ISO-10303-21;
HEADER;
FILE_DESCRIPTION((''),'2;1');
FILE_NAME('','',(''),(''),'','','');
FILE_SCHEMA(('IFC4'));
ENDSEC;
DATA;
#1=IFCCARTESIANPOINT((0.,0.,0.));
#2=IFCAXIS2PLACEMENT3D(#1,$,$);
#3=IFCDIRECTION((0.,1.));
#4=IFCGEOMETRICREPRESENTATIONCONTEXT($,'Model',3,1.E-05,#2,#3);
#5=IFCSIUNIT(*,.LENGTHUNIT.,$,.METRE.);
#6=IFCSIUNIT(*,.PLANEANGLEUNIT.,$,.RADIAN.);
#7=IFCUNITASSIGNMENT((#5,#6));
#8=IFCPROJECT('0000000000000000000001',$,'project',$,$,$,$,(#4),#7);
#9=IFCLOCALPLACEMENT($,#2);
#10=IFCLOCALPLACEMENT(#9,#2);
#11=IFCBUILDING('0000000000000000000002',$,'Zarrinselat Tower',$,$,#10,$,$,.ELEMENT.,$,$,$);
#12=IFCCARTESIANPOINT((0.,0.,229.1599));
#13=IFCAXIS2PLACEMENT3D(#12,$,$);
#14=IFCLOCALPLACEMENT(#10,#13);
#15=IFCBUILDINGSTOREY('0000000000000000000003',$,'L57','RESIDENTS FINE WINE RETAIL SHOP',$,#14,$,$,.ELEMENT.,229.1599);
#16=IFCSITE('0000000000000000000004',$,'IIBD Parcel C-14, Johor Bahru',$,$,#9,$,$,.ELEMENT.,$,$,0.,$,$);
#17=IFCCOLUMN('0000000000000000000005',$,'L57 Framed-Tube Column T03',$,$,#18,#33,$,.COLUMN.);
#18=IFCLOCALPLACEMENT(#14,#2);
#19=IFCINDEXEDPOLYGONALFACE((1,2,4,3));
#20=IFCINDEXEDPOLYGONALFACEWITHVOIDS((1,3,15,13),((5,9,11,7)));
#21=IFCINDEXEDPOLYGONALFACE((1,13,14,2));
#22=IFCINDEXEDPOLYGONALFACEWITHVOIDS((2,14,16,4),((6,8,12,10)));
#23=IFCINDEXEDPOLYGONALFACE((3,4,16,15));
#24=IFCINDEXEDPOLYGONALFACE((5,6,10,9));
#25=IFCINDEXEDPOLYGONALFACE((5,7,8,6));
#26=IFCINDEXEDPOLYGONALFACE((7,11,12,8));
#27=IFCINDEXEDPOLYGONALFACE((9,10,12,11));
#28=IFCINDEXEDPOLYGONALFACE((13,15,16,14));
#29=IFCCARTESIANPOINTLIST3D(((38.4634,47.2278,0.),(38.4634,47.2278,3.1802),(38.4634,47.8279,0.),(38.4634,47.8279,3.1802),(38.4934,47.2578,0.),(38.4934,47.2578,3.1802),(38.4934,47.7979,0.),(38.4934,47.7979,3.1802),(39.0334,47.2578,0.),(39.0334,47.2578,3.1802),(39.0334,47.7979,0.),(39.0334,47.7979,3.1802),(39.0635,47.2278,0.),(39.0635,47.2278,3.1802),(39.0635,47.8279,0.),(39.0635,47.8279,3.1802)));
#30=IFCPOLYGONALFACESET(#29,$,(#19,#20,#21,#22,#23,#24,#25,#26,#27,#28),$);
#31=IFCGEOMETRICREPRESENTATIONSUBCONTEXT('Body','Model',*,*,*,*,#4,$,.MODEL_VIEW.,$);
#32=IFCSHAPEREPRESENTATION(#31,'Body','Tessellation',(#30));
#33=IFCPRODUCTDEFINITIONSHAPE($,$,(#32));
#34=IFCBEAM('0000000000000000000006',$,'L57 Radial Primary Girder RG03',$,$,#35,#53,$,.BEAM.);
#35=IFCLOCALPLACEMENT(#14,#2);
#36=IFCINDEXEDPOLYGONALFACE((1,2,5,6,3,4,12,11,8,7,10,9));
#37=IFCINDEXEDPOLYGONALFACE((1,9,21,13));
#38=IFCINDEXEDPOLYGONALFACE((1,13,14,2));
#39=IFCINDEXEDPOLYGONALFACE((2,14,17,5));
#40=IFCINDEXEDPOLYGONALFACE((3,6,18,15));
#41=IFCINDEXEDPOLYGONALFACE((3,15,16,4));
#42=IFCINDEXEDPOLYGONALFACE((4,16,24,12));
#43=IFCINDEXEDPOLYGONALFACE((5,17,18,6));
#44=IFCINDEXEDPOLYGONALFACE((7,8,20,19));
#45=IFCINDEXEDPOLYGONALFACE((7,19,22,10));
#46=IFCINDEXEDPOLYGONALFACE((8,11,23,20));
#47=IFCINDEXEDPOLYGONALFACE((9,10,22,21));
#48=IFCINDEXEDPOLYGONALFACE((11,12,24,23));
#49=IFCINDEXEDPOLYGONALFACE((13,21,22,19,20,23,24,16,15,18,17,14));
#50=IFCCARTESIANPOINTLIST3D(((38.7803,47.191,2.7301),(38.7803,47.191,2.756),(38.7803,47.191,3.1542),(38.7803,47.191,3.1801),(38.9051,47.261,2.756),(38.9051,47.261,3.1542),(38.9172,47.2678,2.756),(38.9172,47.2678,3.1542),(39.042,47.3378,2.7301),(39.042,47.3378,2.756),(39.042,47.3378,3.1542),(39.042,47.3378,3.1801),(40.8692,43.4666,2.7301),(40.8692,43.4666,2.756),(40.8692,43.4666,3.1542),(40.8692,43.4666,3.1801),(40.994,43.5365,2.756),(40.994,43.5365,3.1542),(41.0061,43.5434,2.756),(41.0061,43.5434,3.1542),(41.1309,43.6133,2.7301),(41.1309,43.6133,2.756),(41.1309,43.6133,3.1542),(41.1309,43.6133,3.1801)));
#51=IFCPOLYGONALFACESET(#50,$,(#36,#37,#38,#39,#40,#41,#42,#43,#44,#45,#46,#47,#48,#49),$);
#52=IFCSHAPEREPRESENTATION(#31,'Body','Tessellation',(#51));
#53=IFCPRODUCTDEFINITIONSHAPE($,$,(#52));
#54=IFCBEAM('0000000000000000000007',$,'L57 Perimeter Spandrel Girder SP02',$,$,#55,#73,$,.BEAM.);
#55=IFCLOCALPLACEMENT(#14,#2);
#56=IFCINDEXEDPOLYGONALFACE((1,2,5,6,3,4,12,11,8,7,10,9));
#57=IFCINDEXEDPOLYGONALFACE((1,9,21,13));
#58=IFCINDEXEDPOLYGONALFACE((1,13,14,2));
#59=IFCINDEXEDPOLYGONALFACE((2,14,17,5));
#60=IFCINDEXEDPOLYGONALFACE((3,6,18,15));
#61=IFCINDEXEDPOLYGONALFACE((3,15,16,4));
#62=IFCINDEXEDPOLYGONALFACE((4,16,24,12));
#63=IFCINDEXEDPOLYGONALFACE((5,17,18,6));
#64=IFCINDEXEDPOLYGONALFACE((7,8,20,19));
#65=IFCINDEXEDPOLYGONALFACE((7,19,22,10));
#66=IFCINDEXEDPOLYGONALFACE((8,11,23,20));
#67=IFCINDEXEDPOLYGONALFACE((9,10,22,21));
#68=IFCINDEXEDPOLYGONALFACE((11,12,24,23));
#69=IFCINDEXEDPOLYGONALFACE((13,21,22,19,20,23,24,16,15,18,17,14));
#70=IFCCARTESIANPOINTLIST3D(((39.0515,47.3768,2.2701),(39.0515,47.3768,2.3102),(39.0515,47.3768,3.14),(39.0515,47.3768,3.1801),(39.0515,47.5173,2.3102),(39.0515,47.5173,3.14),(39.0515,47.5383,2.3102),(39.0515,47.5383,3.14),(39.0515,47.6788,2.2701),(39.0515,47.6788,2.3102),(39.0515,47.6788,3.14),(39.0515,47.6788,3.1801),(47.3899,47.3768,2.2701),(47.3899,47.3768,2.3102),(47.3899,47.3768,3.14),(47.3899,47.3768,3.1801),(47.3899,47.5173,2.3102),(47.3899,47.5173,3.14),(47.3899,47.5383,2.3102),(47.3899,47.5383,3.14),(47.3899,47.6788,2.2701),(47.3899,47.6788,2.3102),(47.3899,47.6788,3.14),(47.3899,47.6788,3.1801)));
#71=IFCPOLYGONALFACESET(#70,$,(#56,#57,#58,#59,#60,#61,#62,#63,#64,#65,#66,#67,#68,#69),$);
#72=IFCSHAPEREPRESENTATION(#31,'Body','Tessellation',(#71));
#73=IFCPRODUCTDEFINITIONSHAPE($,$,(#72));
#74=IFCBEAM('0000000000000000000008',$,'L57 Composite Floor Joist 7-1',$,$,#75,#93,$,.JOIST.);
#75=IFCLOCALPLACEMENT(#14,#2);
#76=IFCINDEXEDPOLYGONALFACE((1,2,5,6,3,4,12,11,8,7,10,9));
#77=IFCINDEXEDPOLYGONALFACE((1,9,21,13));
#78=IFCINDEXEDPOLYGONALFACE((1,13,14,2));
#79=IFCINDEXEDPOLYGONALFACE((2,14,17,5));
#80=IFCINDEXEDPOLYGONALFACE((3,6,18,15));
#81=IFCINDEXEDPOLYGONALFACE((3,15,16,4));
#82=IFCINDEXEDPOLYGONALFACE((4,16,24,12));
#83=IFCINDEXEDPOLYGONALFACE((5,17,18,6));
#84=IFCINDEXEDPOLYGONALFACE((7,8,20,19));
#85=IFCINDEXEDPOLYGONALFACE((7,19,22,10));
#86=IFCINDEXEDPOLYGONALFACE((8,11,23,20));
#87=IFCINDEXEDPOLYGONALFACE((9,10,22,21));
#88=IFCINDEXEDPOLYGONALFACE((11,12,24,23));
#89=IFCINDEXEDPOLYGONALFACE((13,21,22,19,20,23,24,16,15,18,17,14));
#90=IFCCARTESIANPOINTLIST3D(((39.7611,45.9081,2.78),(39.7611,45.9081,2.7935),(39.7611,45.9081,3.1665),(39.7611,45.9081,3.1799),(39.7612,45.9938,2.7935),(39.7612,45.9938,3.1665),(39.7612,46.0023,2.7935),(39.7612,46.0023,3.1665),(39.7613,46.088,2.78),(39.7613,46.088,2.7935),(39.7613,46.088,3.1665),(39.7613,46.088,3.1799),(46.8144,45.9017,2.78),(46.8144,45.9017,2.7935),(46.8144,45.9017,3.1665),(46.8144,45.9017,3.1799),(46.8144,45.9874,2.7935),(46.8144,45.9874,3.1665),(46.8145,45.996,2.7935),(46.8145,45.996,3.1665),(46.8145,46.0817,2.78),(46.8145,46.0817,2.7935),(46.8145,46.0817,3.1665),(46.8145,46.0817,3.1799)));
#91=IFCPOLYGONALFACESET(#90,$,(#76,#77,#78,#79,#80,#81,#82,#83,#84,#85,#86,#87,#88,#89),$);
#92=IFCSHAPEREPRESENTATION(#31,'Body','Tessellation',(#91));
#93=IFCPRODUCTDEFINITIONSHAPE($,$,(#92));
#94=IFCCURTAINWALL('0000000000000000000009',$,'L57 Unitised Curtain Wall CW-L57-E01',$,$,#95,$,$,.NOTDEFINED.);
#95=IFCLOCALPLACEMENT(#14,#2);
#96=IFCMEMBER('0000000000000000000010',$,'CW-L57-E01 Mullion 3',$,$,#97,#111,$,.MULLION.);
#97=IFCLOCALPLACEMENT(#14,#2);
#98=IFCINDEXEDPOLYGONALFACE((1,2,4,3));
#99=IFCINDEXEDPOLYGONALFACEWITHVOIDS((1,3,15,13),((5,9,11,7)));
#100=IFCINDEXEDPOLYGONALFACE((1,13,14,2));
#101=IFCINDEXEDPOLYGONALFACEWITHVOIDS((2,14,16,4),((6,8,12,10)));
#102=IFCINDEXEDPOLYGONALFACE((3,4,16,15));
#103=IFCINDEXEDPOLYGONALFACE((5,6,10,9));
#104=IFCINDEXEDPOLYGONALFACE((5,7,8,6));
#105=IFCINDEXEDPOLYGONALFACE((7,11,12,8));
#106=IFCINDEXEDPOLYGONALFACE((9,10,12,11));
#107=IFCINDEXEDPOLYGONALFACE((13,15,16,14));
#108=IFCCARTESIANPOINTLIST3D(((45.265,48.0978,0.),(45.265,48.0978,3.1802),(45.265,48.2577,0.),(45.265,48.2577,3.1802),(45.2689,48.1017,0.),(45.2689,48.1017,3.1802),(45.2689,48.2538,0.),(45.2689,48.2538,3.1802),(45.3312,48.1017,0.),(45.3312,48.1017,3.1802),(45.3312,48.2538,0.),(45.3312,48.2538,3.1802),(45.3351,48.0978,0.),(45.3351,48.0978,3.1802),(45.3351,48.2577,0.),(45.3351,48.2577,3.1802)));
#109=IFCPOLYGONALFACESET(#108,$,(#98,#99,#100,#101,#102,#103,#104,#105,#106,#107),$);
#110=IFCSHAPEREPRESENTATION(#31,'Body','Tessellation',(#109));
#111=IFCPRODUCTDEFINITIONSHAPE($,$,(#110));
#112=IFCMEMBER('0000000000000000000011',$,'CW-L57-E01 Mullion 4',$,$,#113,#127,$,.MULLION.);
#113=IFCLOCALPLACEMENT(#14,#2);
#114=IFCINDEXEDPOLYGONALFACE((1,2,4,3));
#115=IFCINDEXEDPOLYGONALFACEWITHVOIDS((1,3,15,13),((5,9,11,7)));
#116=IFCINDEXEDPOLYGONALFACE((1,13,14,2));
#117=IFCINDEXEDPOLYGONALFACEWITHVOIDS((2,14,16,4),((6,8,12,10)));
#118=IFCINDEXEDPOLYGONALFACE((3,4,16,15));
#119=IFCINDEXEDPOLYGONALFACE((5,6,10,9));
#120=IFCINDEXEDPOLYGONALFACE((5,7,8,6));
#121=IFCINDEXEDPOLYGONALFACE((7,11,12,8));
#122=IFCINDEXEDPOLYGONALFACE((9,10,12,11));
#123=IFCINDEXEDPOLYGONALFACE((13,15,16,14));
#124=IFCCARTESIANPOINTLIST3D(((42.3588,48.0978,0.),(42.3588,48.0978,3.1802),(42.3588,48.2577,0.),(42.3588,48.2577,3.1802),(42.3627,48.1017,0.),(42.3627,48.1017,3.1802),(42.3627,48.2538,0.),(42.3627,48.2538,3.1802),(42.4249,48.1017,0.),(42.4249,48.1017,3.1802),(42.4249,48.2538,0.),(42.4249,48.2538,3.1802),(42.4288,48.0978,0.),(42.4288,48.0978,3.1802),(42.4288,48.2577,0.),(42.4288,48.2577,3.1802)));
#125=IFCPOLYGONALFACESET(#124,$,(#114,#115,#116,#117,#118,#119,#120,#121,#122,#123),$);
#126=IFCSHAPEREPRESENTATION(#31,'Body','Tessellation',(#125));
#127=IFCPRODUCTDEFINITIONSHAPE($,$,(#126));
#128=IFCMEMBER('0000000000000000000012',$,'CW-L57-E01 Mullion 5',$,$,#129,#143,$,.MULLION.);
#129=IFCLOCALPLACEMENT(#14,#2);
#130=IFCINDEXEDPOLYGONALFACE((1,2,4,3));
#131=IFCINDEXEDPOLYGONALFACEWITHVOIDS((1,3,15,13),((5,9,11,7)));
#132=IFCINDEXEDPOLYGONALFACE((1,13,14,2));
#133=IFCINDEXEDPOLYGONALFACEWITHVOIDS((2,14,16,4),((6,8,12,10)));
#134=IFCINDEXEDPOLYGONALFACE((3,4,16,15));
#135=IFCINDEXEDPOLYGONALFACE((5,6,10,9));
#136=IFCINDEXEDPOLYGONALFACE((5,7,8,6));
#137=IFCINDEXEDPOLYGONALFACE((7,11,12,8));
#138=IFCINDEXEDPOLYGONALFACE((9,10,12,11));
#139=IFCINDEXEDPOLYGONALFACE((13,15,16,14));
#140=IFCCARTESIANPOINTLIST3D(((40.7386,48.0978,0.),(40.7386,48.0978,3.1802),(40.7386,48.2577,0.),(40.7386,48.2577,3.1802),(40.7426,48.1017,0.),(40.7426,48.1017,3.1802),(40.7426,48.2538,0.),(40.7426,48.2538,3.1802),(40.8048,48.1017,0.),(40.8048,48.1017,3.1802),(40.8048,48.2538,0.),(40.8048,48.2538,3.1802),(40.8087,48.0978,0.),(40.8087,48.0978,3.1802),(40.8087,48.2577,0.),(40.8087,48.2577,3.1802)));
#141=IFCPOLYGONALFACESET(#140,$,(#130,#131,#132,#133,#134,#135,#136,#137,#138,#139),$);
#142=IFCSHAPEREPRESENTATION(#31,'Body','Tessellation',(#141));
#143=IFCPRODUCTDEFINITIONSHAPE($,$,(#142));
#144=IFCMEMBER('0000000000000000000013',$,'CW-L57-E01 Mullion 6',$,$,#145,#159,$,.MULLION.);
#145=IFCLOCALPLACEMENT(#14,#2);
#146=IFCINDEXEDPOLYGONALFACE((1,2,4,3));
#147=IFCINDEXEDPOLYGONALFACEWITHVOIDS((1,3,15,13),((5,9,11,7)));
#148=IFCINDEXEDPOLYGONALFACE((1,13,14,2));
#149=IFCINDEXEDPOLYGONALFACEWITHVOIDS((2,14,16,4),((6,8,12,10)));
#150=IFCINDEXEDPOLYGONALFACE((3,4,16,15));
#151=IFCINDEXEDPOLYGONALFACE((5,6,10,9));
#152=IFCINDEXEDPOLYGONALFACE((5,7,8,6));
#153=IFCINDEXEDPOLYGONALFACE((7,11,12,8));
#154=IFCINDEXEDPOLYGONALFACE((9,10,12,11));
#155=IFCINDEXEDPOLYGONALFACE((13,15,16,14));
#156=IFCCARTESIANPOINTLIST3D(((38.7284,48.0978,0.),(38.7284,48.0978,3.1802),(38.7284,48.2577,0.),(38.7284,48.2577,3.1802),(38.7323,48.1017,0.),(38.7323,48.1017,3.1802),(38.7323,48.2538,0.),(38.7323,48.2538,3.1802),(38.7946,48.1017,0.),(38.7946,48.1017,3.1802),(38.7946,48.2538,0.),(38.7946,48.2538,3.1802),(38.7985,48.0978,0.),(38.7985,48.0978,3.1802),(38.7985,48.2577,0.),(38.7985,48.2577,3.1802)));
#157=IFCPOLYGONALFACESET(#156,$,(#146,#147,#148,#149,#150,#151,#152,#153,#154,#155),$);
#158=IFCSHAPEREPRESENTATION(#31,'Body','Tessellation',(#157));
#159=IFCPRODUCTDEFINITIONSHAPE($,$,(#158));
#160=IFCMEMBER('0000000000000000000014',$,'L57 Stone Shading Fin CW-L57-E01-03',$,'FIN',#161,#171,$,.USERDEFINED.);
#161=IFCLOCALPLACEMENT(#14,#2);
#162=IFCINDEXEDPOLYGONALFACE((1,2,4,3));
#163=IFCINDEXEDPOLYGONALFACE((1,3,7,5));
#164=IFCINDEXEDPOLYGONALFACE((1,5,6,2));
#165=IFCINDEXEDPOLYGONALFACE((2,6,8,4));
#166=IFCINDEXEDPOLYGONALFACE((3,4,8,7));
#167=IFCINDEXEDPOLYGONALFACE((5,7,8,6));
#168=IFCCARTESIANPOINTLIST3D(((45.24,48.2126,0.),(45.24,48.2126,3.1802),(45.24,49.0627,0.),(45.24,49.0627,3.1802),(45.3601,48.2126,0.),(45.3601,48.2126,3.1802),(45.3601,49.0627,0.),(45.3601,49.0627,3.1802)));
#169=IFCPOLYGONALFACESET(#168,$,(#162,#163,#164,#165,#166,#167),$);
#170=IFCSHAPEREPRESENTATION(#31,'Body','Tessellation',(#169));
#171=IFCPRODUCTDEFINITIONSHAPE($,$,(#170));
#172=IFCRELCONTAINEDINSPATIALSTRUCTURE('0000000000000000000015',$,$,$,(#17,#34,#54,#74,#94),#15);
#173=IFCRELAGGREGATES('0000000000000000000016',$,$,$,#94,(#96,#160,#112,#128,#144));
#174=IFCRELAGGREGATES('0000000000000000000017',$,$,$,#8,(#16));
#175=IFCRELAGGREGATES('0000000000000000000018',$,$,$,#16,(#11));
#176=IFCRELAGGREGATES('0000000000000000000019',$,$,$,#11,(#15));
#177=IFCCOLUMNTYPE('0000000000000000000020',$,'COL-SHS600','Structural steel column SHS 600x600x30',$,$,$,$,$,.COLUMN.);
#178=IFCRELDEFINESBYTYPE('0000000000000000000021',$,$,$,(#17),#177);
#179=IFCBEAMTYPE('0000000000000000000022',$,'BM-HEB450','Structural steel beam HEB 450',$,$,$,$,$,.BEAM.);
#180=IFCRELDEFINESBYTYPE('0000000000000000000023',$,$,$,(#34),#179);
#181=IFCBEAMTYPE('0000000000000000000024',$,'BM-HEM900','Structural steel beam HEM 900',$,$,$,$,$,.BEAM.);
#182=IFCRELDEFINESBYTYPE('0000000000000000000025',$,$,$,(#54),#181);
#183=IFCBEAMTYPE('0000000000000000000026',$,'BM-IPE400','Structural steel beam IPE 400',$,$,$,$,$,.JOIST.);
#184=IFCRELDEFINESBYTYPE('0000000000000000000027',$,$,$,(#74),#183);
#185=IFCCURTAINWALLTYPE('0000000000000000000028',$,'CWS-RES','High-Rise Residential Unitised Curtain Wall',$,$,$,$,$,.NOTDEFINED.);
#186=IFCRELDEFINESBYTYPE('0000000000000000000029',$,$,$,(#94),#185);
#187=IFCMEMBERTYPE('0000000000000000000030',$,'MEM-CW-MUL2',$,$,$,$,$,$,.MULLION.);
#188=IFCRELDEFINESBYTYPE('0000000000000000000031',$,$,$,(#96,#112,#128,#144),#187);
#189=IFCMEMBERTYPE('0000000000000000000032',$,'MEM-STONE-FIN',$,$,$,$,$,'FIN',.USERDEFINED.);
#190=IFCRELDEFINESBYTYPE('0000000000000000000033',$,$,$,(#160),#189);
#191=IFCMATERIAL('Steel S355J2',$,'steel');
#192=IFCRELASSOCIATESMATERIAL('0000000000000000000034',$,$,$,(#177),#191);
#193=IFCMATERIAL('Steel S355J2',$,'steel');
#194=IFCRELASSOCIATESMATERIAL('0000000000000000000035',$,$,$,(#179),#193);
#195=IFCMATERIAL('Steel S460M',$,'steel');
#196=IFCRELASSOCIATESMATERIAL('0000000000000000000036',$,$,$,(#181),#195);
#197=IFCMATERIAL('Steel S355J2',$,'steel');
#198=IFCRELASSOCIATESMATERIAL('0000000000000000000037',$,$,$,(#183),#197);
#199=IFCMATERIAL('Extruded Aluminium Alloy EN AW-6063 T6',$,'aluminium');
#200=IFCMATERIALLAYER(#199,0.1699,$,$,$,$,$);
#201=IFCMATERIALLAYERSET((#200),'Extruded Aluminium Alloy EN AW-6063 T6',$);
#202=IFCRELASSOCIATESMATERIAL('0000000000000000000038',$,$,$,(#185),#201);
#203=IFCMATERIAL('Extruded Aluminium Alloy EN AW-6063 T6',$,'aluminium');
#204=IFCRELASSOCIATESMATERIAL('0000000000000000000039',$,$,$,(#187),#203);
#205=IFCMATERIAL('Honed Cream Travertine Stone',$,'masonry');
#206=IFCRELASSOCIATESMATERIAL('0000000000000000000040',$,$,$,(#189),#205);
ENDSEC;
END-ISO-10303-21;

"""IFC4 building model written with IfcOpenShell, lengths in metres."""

from ifc_helpers import new_model, si_unit, direction, frame, origin, origin_2d, place, context, subcontext, project, spatial, rectangle, hollow_rectangle, i_section, extrude, material, layer, layer_set, material_profile, profile_set, type_object, element, aggregate, save


model = new_model("IFC4")

# Units and contexts
model_context = context("Model", 3, precision=1e-05, world=origin(), true_north=direction((0.0, 1.0)))
body_context = subcontext(model_context, "Body", "Model", "MODEL_VIEW")
ifc_project = project(units=[si_unit("LENGTHUNIT", "METRE"), si_unit("PLANEANGLEUNIT", "RADIAN")], contexts=[model_context])

# Site, building, storey
site_placement = place(None, origin())
site = spatial("IfcSite", under=ifc_project, at=site_placement, Name="IIBD Parcel C-14, Johor Bahru", CompositionType="ELEMENT", RefElevation=0.0)
building_placement = place(site_placement, origin())
building = spatial("IfcBuilding", under=site, at=building_placement, Name="Zarrinselat Tower", CompositionType="ELEMENT")
storey_placement = place(building_placement, frame((0.0, 0.0, 229.1599)))
storey = spatial("IfcBuildingStorey", under=building, at=storey_placement, Name="L57", Description="RESIDENTS FINE WINE RETAIL SHOP", CompositionType="ELEMENT", Elevation=229.1599)

# Column
ifc_material_1 = material(Name="Steel S355J2", Category="steel")
ifc_material_profile_1 = material_profile(ifc_material_1, hollow_rectangle(XDim=0.6001, YDim=0.6001, WallThickness=0.03, at=origin_2d()), Name="SHS 600x600x30")
ifc_profile_set_1 = profile_set([ifc_material_profile_1], Name="Steel S355J2")
column_type = type_object("IfcColumnType", Name="COL-SHS600", Description="Structural steel column SHS 600x600x30", PredefinedType="COLUMN", material=ifc_profile_set_1)
column_placement = place(storey_placement, frame((38.7634, 47.5278, 0.0), z_axis=(0.0, 0.0, 1.0), x_axis=(1.0, 0.0, 0.0)))
element("IfcColumn", 1, at=column_placement, inside=storey, type_object=column_type, Name="L57 Framed-Tube Column T03", PredefinedType="COLUMN", context=body_context, shape_type="SweptSolid", body=[
    extrude(hollow_rectangle(XDim=0.6001, YDim=0.6001, WallThickness=0.03, at=origin_2d()), origin(), (0.0, 0.0, 1.0), 3.1802),
])

# Beams
ifc_material_2 = material(Name="Steel S355J2", Category="steel")
ifc_material_profile_2 = material_profile(ifc_material_2, i_section(OverallWidth=0.3, OverallDepth=0.45, WebThickness=0.0139, FlangeThickness=0.0259, at=origin_2d()), Name="HEB 450")
ifc_profile_set_2 = profile_set([ifc_material_profile_2], Name="Steel S355J2")
beam_type_1 = type_object("IfcBeamType", Name="BM-HEB450", Description="Structural steel beam HEB 450", PredefinedType="BEAM", material=ifc_profile_set_2)
beam_1_placement = place(storey_placement, frame((38.9111, 47.2644, 2.9551), z_axis=(0.489178, -0.872184, 0.0), x_axis=(0.872184, 0.489178, 0.0)))
element("IfcBeam", 2, at=beam_1_placement, inside=storey, type_object=beam_type_1, Name="L57 Radial Primary Girder RG03", PredefinedType="BEAM", context=body_context, shape_type="SweptSolid", body=[
    extrude(i_section(OverallWidth=0.3, OverallDepth=0.45, WebThickness=0.0139, FlangeThickness=0.0259, at=origin_2d()), origin(), (0.0, 0.0, 1.0), 4.2703),
])
ifc_material_3 = material(Name="Steel S460M", Category="steel")
ifc_material_profile_3 = material_profile(ifc_material_3, i_section(OverallWidth=0.302, OverallDepth=0.9099, WebThickness=0.021, FlangeThickness=0.04, at=origin_2d()), Name="HEM 900")
ifc_profile_set_3 = profile_set([ifc_material_profile_3], Name="Steel S460M")
beam_type_2 = type_object("IfcBeamType", Name="BM-HEM900", Description="Structural steel beam HEM 900", PredefinedType="BEAM", material=ifc_profile_set_3)
beam_2_placement = place(storey_placement, frame((39.0515, 47.5278, 2.7251), z_axis=(1.0, 0.0, 0.0), x_axis=(0.0, 1.0, 0.0)))
element("IfcBeam", 3, at=beam_2_placement, inside=storey, type_object=beam_type_2, Name="L57 Perimeter Spandrel Girder SP02", PredefinedType="BEAM", context=body_context, shape_type="SweptSolid", body=[
    extrude(i_section(OverallWidth=0.302, OverallDepth=0.9099, WebThickness=0.021, FlangeThickness=0.04, at=origin_2d()), origin(), (0.0, 0.0, 1.0), 8.3384),
])
ifc_material_4 = material(Name="Steel S355J2", Category="steel")
ifc_material_profile_4 = material_profile(ifc_material_4, i_section(OverallWidth=0.1799, OverallDepth=0.3999, WebThickness=0.0085, FlangeThickness=0.0134, at=origin_2d()), Name="IPE 400")
ifc_profile_set_4 = profile_set([ifc_material_profile_4], Name="Steel S355J2")
beam_type_3 = type_object("IfcBeamType", Name="BM-IPE400", Description="Structural steel beam IPE 400", PredefinedType="JOIST", material=ifc_profile_set_4)
beam_3_placement = place(storey_placement, frame((39.7612, 45.998, 2.98), z_axis=(1.0, -0.0009, 0.0), x_axis=(0.0009, 1.0, 0.0)))
element("IfcBeam", 4, at=beam_3_placement, inside=storey, type_object=beam_type_3, Name="L57 Composite Floor Joist 7-1", PredefinedType="JOIST", context=body_context, shape_type="SweptSolid", body=[
    extrude(i_section(OverallWidth=0.1799, OverallDepth=0.3999, WebThickness=0.0085, FlangeThickness=0.0134, at=origin_2d()), origin(), (0.0, 0.0, 1.0), 7.0532),
])

# Curtain wall, members
ifc_material_5 = material(Name="Extruded Aluminium Alloy EN AW-6063 T6", Category="aluminium")
ifc_layer_1 = layer(ifc_material_5, 0.1699)
ifc_layer_set_1 = layer_set([ifc_layer_1], Name="Extruded Aluminium Alloy EN AW-6063 T6")
curtain_wall_type = type_object("IfcCurtainWallType", Name="CWS-RES", Description="High-Rise Residential Unitised Curtain Wall", PredefinedType="NOTDEFINED", material=ifc_layer_set_1)
curtain_wall_placement = place(storey_placement, origin())
curtain_wall = element("IfcCurtainWall", 5, at=curtain_wall_placement, inside=storey, type_object=curtain_wall_type, Name="L57 Unitised Curtain Wall CW-L57-E01", PredefinedType="NOTDEFINED")
ifc_material_6 = material(Name="Extruded Aluminium Alloy EN AW-6063 T6", Category="aluminium")
ifc_material_profile_5 = material_profile(ifc_material_6, hollow_rectangle(XDim=0.0701, YDim=0.1599, WallThickness=0.0039, at=origin_2d()), Name="RHS 160x70x4")
ifc_profile_set_5 = profile_set([ifc_material_profile_5], Name="Extruded Aluminium Alloy EN AW-6063 T6")
member_type_1 = type_object("IfcMemberType", Name="MEM-CW-MUL2", PredefinedType="MULLION", material=ifc_profile_set_5)
member_1_placement = place(storey_placement, frame((45.3, 48.1777, 0.0), z_axis=(0.0, 0.0, 1.0), x_axis=(-1.0, 0.0, 0.0)))
member_1 = element("IfcMember", 6, at=member_1_placement, type_object=member_type_1, Name="CW-L57-E01 Mullion 3", PredefinedType="MULLION", context=body_context, shape_type="SweptSolid", body=[
    extrude(hollow_rectangle(XDim=0.0701, YDim=0.1599, WallThickness=0.0039, at=origin_2d()), origin(), (0.0, 0.0, 1.0), 3.1802),
])
member_2_placement = place(storey_placement, frame((42.3938, 48.1777, 0.0), z_axis=(0.0, 0.0, 1.0), x_axis=(-1.0, 0.0, 0.0)))
member_2 = element("IfcMember", 7, at=member_2_placement, type_object=member_type_1, Name="CW-L57-E01 Mullion 4", PredefinedType="MULLION", context=body_context, shape_type="SweptSolid", body=[
    extrude(hollow_rectangle(XDim=0.0701, YDim=0.1599, WallThickness=0.0039, at=origin_2d()), origin(), (0.0, 0.0, 1.0), 3.1802),
])
member_3_placement = place(storey_placement, frame((40.7737, 48.1777, 0.0), z_axis=(0.0, 0.0, 1.0), x_axis=(-1.0, 0.0, 0.0)))
member_3 = element("IfcMember", 8, at=member_3_placement, type_object=member_type_1, Name="CW-L57-E01 Mullion 5", PredefinedType="MULLION", context=body_context, shape_type="SweptSolid", body=[
    extrude(hollow_rectangle(XDim=0.0701, YDim=0.1599, WallThickness=0.0039, at=origin_2d()), origin(), (0.0, 0.0, 1.0), 3.1802),
])
member_4_placement = place(storey_placement, frame((38.7634, 48.1777, 0.0), z_axis=(0.0, 0.0, 1.0), x_axis=(-1.0, 0.0, 0.0)))
member_4 = element("IfcMember", 9, at=member_4_placement, type_object=member_type_1, Name="CW-L57-E01 Mullion 6", PredefinedType="MULLION", context=body_context, shape_type="SweptSolid", body=[
    extrude(hollow_rectangle(XDim=0.0701, YDim=0.1599, WallThickness=0.0039, at=origin_2d()), origin(), (0.0, 0.0, 1.0), 3.1802),
])
ifc_material_7 = material(Name="Honed Cream Travertine Stone", Category="masonry")
ifc_material_profile_6 = material_profile(ifc_material_7, rectangle(XDim=0.1201, YDim=0.8501, at=origin_2d()), Name="FIN 850x120")
ifc_profile_set_6 = profile_set([ifc_material_profile_6], Name="Honed Cream Travertine Stone")
member_type_2 = type_object("IfcMemberType", Name="MEM-STONE-FIN", ElementType="FIN", PredefinedType="USERDEFINED", material=ifc_profile_set_6)
member_5_placement = place(storey_placement, frame((45.3, 48.6377, 0.0), z_axis=(0.0, 0.0, 1.0), x_axis=(1.0, 0.0, 0.0)))
member_5 = element("IfcMember", 10, at=member_5_placement, type_object=member_type_2, Name="L57 Stone Shading Fin CW-L57-E01-03", ObjectType="FIN", PredefinedType="USERDEFINED", context=body_context, shape_type="SweptSolid", body=[
    extrude(rectangle(XDim=0.1201, YDim=0.8501, at=origin_2d()), origin(), (0.0, 0.0, 1.0), 3.1802),
])
aggregate(curtain_wall, [member_1, member_5, member_2, member_3, member_4])

save(model, "model.ifc")
